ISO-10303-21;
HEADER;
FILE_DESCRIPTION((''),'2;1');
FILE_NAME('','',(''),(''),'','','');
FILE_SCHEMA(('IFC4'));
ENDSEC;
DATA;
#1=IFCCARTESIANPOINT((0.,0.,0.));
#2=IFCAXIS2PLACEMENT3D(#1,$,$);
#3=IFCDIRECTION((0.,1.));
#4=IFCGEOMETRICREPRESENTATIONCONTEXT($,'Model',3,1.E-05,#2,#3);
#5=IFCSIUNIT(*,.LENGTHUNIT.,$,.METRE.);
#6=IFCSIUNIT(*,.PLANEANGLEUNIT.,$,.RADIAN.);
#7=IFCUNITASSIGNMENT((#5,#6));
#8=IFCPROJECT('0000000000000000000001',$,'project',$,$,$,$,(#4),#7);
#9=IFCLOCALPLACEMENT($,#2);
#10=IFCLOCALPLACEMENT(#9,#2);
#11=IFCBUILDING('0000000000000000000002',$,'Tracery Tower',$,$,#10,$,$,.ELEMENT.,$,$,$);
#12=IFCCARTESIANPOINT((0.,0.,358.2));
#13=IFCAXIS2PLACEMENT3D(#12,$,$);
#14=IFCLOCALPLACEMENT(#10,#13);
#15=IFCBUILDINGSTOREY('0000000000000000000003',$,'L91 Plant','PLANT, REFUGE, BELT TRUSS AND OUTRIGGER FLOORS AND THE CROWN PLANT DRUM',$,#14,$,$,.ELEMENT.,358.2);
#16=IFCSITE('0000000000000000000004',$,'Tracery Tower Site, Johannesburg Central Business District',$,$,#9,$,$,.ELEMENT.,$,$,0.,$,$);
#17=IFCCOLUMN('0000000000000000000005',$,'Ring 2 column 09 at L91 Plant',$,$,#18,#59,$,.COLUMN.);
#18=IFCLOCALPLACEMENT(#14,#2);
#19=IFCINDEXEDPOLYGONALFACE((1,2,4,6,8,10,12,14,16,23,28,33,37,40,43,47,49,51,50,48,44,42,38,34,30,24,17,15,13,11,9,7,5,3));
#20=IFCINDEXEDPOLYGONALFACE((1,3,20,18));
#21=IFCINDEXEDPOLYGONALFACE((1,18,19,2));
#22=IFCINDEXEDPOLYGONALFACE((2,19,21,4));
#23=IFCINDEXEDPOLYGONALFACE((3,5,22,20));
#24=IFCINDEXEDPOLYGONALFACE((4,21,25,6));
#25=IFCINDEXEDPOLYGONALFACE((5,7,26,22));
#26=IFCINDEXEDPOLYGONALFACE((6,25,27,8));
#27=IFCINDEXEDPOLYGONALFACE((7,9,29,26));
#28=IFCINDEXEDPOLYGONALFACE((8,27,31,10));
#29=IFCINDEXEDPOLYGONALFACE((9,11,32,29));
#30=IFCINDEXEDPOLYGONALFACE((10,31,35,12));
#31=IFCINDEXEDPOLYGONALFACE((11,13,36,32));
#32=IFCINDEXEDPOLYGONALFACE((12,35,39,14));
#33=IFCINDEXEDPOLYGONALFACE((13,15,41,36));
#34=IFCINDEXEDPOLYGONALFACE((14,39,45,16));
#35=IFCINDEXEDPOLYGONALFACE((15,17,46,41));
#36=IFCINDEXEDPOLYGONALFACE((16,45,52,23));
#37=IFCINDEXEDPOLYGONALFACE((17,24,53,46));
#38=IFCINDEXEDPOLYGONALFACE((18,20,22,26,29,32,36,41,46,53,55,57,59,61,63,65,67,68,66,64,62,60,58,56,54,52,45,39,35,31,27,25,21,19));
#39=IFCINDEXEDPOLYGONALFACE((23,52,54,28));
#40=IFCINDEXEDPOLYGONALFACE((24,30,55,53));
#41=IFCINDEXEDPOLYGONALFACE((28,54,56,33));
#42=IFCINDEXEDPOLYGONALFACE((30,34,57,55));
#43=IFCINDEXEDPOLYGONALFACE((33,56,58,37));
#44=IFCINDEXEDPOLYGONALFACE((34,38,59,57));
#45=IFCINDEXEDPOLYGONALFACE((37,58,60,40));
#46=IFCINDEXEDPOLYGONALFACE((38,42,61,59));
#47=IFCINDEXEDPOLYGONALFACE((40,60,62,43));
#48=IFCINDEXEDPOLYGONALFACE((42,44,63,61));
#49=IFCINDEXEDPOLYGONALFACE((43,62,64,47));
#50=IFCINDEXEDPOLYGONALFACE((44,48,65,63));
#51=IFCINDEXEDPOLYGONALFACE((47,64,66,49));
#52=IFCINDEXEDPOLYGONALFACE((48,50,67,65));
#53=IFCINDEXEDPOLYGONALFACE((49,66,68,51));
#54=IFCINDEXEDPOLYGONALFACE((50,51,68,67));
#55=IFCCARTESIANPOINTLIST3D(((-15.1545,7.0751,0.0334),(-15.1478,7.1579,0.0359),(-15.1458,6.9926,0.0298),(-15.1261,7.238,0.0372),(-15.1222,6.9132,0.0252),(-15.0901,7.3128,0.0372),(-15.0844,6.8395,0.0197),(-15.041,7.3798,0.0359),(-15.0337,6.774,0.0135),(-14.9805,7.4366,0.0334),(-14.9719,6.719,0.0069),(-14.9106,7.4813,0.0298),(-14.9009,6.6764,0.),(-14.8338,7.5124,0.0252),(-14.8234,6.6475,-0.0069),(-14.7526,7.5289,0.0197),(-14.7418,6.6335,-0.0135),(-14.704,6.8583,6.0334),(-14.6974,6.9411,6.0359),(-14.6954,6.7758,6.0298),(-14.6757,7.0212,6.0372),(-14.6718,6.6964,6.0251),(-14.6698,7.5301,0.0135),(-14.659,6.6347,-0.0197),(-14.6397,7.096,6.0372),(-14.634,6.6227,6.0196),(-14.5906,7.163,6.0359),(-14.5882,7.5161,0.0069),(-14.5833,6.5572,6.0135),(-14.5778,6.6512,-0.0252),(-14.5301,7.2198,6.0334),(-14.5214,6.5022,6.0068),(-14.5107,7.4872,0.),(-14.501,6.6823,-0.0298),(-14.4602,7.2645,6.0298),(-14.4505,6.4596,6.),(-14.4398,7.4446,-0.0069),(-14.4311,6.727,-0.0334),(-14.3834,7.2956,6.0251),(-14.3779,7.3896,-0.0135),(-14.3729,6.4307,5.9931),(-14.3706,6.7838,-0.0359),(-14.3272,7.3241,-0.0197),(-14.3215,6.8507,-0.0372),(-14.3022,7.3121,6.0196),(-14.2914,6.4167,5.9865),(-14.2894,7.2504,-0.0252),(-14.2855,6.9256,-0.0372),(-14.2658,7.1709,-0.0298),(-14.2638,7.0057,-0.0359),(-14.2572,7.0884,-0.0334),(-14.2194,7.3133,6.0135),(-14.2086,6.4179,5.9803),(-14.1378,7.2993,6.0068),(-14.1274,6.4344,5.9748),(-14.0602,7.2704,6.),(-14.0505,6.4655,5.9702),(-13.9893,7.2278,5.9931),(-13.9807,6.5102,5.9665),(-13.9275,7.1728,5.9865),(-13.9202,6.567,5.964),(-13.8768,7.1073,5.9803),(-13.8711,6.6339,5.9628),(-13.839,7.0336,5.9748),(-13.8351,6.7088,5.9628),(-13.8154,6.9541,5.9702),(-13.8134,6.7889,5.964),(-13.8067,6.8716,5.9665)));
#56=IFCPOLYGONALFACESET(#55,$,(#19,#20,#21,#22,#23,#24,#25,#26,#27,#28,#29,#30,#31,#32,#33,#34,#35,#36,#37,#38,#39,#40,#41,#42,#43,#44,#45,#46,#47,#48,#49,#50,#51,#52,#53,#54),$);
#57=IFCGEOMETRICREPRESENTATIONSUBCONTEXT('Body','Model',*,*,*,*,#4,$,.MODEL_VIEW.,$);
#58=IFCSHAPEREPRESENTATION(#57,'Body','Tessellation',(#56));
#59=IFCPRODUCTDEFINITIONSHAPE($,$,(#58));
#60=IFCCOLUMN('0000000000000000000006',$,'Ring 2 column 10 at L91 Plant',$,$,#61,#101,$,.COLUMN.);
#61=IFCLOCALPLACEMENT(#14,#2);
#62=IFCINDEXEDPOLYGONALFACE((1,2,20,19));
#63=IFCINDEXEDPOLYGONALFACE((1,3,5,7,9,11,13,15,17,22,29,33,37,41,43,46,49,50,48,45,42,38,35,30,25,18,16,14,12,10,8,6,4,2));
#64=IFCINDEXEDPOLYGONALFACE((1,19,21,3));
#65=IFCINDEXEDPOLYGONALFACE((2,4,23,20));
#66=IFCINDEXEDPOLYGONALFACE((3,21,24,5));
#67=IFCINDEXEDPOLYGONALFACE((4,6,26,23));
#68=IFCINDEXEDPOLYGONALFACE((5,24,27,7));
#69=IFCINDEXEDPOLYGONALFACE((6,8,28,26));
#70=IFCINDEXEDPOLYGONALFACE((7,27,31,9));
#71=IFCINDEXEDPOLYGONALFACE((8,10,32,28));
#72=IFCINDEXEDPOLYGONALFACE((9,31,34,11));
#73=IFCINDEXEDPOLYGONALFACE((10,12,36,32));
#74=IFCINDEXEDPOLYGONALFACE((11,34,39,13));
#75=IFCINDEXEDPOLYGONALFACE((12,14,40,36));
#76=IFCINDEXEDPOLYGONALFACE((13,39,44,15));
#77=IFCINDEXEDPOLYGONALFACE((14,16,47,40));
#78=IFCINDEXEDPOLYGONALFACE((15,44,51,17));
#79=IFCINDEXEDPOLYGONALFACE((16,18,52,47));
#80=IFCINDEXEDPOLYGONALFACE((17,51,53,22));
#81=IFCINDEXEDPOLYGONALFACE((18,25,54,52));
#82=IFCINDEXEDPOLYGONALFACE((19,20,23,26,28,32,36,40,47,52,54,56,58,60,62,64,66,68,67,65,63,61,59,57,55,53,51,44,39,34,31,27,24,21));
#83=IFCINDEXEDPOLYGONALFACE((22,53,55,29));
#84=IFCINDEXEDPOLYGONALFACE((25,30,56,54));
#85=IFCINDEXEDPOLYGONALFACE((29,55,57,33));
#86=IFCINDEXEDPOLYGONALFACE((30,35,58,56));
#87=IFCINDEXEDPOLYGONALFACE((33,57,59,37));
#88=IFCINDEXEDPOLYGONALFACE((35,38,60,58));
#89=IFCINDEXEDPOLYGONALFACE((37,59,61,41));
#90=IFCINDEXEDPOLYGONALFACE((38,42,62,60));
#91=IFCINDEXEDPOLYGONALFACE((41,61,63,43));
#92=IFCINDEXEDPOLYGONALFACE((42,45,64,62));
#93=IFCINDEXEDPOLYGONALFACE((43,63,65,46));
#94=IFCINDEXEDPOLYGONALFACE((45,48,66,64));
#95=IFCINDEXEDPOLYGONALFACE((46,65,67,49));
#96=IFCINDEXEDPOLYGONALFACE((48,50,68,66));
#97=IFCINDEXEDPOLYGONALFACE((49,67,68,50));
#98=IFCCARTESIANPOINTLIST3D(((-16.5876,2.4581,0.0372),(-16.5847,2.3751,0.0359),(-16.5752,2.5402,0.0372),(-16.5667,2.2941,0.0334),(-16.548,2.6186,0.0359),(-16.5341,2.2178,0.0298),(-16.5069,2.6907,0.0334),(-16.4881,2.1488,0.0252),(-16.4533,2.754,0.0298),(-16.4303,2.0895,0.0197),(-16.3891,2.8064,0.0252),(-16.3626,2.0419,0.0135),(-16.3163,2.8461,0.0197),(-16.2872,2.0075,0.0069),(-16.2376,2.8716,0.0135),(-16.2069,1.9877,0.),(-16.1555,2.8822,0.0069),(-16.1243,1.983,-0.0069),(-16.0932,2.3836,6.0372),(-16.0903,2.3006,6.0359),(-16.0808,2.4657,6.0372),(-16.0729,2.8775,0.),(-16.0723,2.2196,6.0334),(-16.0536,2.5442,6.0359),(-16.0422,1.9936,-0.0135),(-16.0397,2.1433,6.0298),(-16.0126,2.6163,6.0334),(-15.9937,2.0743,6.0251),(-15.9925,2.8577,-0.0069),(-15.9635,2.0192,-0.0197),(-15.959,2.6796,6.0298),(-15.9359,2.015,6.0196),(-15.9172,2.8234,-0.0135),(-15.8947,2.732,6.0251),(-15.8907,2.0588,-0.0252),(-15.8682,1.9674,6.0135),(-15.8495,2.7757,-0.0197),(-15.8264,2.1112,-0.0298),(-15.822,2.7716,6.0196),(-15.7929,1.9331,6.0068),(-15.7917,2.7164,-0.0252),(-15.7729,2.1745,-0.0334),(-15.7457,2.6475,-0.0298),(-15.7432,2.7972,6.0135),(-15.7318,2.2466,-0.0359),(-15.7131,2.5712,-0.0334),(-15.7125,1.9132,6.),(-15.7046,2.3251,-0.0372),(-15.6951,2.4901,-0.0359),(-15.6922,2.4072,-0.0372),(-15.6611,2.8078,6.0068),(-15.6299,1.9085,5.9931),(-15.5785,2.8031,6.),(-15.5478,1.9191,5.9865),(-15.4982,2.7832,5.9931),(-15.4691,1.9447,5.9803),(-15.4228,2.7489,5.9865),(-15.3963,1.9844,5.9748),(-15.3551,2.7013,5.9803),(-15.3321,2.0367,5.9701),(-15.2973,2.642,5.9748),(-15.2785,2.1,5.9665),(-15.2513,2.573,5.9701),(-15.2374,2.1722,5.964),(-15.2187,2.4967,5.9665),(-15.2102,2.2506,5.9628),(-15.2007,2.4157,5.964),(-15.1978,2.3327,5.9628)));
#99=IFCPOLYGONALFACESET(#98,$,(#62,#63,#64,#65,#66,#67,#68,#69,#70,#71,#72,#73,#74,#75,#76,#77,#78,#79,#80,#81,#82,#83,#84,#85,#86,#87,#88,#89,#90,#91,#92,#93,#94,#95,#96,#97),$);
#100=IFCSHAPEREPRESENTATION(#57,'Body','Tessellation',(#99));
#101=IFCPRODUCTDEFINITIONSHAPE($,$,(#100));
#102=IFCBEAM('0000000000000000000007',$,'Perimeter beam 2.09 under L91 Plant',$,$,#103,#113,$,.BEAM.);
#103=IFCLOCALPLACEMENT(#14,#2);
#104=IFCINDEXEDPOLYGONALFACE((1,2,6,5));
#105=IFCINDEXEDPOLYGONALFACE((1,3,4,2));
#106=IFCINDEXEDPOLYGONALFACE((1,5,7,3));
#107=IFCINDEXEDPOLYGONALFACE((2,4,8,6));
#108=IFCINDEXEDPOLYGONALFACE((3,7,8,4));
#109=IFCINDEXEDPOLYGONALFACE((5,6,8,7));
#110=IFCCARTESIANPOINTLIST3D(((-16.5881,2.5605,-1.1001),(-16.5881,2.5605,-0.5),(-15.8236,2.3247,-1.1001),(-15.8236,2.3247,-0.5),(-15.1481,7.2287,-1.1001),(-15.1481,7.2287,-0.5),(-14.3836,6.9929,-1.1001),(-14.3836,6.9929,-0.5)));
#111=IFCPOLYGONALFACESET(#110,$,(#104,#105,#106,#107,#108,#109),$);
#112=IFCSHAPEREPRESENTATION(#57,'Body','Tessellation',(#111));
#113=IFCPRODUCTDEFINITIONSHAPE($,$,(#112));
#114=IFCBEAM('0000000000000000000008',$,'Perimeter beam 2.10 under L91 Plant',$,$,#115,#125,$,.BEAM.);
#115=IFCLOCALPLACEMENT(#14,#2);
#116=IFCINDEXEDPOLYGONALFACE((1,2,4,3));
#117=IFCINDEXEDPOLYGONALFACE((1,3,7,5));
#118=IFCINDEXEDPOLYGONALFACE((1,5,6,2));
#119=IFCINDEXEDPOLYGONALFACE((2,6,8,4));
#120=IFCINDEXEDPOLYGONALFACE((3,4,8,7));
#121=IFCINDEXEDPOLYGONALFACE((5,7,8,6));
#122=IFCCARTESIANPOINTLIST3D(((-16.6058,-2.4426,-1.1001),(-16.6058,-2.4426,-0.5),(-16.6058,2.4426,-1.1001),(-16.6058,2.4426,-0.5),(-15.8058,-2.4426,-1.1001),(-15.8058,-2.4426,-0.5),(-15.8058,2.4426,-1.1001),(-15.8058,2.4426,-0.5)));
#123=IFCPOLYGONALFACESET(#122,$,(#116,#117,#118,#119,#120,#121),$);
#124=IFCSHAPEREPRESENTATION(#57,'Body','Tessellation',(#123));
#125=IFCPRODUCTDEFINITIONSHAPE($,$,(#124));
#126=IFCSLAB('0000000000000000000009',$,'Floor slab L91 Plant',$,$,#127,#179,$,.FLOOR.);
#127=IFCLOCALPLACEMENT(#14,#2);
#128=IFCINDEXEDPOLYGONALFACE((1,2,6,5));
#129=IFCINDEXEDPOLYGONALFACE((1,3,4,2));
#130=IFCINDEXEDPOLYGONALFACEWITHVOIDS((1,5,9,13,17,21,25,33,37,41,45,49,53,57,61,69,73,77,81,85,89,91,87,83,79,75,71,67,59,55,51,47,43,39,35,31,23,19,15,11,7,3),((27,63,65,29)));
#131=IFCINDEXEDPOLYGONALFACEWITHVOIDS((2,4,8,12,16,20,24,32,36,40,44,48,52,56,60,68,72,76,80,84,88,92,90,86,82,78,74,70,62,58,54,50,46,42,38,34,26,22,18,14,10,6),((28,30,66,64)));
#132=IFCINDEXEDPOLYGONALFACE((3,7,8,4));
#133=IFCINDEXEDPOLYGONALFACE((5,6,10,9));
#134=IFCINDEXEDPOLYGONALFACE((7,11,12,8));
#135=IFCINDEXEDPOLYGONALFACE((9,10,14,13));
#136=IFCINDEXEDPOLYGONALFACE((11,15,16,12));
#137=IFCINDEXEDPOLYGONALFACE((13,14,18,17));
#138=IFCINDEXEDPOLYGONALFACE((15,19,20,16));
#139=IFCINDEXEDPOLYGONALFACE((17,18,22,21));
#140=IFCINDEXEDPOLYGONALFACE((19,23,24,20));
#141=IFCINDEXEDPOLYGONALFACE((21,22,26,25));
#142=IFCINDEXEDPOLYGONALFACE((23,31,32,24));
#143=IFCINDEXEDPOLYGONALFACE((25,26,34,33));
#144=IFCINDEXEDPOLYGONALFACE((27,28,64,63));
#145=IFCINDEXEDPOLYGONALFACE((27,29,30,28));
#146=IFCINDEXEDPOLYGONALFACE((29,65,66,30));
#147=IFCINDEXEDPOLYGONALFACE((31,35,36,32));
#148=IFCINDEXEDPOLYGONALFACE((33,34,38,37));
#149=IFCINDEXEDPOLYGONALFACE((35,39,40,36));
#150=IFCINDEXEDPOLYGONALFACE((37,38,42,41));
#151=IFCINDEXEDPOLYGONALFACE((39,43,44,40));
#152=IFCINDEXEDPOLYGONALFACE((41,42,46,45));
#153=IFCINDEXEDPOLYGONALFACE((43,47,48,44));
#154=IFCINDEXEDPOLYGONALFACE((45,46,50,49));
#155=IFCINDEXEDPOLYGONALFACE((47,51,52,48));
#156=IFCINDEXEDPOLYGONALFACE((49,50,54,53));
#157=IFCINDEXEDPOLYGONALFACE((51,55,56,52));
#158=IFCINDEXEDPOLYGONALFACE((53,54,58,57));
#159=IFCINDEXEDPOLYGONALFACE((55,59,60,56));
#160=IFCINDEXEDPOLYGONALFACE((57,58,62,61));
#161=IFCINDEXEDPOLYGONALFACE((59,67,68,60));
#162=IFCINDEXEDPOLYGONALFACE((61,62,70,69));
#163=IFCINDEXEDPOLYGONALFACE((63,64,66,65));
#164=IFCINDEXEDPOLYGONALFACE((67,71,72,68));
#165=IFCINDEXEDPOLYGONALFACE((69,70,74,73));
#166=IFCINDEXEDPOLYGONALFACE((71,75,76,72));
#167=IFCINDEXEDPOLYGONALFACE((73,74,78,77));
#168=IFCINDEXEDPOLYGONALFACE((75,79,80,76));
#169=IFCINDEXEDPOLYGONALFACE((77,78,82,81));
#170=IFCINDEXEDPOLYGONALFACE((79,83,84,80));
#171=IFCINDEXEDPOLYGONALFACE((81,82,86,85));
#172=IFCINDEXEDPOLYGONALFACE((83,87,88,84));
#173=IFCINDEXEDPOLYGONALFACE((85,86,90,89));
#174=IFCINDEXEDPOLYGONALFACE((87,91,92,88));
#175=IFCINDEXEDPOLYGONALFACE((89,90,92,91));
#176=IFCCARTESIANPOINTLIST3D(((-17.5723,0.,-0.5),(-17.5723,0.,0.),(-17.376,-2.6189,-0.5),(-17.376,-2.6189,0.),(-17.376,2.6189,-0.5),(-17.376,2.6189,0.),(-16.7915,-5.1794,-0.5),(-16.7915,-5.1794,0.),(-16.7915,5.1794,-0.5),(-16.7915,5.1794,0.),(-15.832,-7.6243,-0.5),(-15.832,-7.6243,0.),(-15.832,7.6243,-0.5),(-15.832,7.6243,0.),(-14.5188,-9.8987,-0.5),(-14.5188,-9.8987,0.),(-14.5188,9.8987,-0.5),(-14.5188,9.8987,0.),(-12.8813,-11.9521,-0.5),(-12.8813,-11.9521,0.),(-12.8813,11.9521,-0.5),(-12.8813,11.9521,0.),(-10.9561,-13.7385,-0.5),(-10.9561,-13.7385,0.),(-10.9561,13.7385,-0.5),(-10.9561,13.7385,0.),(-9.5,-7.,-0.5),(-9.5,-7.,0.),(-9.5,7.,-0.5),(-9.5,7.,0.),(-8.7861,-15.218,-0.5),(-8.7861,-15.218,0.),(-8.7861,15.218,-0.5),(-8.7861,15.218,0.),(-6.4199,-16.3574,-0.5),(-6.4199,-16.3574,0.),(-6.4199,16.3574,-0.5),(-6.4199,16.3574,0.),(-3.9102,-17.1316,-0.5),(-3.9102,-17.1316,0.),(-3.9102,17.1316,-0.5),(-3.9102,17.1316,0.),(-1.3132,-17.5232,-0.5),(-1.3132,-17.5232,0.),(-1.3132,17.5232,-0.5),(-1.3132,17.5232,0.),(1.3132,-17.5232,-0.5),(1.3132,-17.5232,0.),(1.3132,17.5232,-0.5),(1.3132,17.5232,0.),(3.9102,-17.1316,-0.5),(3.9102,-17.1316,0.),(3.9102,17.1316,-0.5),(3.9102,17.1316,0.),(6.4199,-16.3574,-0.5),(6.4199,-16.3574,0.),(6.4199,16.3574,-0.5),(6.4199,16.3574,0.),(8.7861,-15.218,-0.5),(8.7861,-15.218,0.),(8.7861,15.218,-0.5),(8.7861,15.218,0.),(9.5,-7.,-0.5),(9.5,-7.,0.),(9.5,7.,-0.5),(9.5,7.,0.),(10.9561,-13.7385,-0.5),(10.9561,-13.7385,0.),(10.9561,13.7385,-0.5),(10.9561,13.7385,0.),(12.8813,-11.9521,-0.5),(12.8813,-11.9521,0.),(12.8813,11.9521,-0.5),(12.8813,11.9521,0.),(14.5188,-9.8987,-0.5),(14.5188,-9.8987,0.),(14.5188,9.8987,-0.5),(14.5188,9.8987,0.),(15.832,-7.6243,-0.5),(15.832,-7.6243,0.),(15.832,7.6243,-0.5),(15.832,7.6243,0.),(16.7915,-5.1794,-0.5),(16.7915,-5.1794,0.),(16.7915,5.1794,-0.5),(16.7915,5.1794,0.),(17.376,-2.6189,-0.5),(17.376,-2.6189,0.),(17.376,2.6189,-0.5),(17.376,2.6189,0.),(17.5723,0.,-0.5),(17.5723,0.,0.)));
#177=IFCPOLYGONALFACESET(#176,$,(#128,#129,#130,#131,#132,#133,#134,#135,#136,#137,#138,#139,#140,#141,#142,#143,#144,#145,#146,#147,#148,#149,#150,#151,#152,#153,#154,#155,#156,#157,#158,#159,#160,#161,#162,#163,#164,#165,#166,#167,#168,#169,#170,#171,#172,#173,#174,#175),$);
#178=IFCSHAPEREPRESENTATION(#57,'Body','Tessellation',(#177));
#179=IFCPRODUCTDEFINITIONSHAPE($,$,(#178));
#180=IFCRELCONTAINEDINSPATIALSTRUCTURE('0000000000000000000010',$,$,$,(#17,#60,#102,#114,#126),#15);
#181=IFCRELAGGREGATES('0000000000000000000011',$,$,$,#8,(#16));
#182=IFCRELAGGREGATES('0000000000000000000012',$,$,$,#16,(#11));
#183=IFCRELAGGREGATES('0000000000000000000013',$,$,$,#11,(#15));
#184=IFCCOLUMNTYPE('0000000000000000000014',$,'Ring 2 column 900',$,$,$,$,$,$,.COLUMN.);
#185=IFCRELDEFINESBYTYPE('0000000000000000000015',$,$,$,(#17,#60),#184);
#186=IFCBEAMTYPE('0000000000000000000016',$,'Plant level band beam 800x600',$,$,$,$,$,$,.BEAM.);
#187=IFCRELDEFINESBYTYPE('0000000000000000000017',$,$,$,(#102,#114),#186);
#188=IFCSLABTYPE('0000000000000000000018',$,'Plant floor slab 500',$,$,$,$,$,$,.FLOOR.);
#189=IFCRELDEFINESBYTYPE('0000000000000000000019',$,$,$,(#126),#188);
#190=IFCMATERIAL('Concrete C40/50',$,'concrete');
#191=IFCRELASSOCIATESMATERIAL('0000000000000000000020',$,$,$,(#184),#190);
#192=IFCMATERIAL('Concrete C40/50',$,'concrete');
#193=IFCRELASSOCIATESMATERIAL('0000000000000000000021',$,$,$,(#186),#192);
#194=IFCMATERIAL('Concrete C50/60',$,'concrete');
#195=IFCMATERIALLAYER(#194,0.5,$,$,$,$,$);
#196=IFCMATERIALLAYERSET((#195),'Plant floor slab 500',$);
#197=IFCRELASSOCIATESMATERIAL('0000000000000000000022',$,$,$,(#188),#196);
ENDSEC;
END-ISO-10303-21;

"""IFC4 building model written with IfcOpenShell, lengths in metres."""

from ifc_helpers import new_model, si_unit, direction, frame, origin, origin_2d, place, context, subcontext, project, spatial, polyline, rectangle, circle, outline, extrude, material, layer, layer_set, material_profile, profile_set, type_object, element, save


model = new_model("IFC4")

# Units and contexts
model_context = context("Model", 3, precision=1e-05, world=origin(), true_north=direction((0.0, 1.0)))
body_context = subcontext(model_context, "Body", "Model", "MODEL_VIEW")
ifc_project = project(units=[si_unit("LENGTHUNIT", "METRE"), si_unit("PLANEANGLEUNIT", "RADIAN")], contexts=[model_context])

# Site, building, storey
site_placement = place(None, origin())
site = spatial("IfcSite", under=ifc_project, at=site_placement, Name="Tracery Tower Site, Johannesburg Central Business District", CompositionType="ELEMENT", RefElevation=0.0)
building_placement = place(site_placement, origin())
building = spatial("IfcBuilding", under=site, at=building_placement, Name="Tracery Tower", CompositionType="ELEMENT")
storey_placement = place(building_placement, frame((0.0, 0.0, 358.2)))
storey = spatial("IfcBuildingStorey", under=building, at=storey_placement, Name="L91 Plant", Description="PLANT, REFUGE, BELT TRUSS AND OUTRIGGER FLOORS AND THE CROWN PLANT DRUM", CompositionType="ELEMENT", Elevation=358.2)

# Columns
ifc_material_1 = material(Name="Concrete C40/50", Category="concrete")
ifc_material_profile_1 = material_profile(ifc_material_1, circle(Radius=0.45, at=origin_2d()), Name="RC D900")
ifc_profile_set_1 = profile_set([ifc_material_profile_1], Name="Concrete C40/50")
column_type = type_object("IfcColumnType", Name="Ring 2 column 900", PredefinedType="COLUMN", material=ifc_profile_set_1)
for number, where, z_axis, x_axis, name in (
    (1, (-14.7058, 7.0818, 0.0), (0.074814, -0.036008, 0.996547), (0.433683, 0.901065, 0.0), "Ring 2 column 09 at L91 Plant"),
    (2, (-16.1399, 2.4326, 0.0), (0.082113, -0.012368, 0.996546), (0.148937, 0.988847, 0.0), "Ring 2 column 10 at L91 Plant"),
):
    element("IfcColumn", number, at=place(storey_placement, frame(where, z_axis=z_axis, x_axis=x_axis)), inside=storey, type_object=column_type, Name=name, PredefinedType="COLUMN", context=body_context, shape_type="SweptSolid", body=[
        extrude(circle(Radius=0.45, at=origin_2d()), origin(), (0.0, 0.0, 1.0), 6.0208),
    ])

# Beams
ifc_material_2 = material(Name="Concrete C40/50", Category="concrete")
ifc_material_profile_2 = material_profile(ifc_material_2, rectangle(XDim=0.8, YDim=0.6001, at=origin_2d()), Name="RC 800x600")
ifc_profile_set_2 = profile_set([ifc_material_profile_2], Name="Concrete C40/50")
beam_type = type_object("IfcBeamType", Name="Plant level band beam 800x600", PredefinedType="BEAM", material=ifc_profile_set_2)
for number, where, z_axis, x_axis, name in (
    (3, (-14.7659, 7.1108, -0.8), (-0.294753, -0.955573, 0.0), (0.955573, -0.294753, 0.0), "Perimeter beam 2.09 under L91 Plant"),
    (4, (-16.2058, 2.4426, -0.8), (0.0, -1.0, 0.0), (1.0, 0.0, 0.0), "Perimeter beam 2.10 under L91 Plant"),
):
    element("IfcBeam", number, at=place(storey_placement, frame(where, z_axis=z_axis, x_axis=x_axis)), inside=storey, type_object=beam_type, Name=name, PredefinedType="BEAM", context=body_context, shape_type="SweptSolid", body=[
        extrude(rectangle(XDim=0.8, YDim=0.6001, at=origin_2d()), origin(), (0.0, 0.0, 1.0), 4.8853),
    ])

# Slab
ifc_material_3 = material(Name="Concrete C50/60", Category="concrete")
ifc_layer_1 = layer(ifc_material_3, 0.5)
ifc_layer_set_1 = layer_set([ifc_layer_1], Name="Plant floor slab 500")
slab_type = type_object("IfcSlabType", Name="Plant floor slab 500", PredefinedType="FLOOR", material=ifc_layer_set_1)
slab_placement = place(storey_placement, frame((0.0, 0.0, -0.5)))
element("IfcSlab", 5, at=slab_placement, inside=storey, type_object=slab_type, Name="Floor slab L91 Plant", PredefinedType="FLOOR", context=body_context, shape_type="SweptSolid", body=[
    extrude(outline(polyline([(16.7915, -5.1794), (17.376, -2.6189), (17.5723, 0.0), (17.376, 2.6189), (16.7915, 5.1794), (15.832, 7.6243), (14.5188, 9.8987), (12.8813, 11.9521), (10.9561, 13.7385), (8.7861, 15.218), (6.4199, 16.3574), (3.9102, 17.1316), (1.3132, 17.5232), (-1.3132, 17.5232), (-3.9102, 17.1316), (-6.4199, 16.3574), (-8.7861, 15.218), (-10.9561, 13.7385), (-12.8813, 11.9521), (-14.5188, 9.8987), (-15.832, 7.6243), (-16.7915, 5.1794), (-17.376, 2.6189), (-17.5723, 0.0), (-17.376, -2.6189), (-16.7915, -5.1794), (-15.832, -7.6243), (-14.5188, -9.8987), (-12.8813, -11.9521), (-10.9561, -13.7385), (-8.7861, -15.218), (-6.4199, -16.3574), (-3.9102, -17.1316), (-1.3132, -17.5232), (1.3132, -17.5232), (3.9102, -17.1316), (6.4199, -16.3574), (8.7861, -15.218), (10.9561, -13.7385), (12.8813, -11.9521), (14.5188, -9.8987), (15.832, -7.6243), (16.7915, -5.1794)]), holes=[polyline([(-9.5, -7.0), (9.5, -7.0), (9.5, 7.0), (-9.5, 7.0), (-9.5, -7.0)])]), origin(), (0.0, 0.0, 1.0), 0.5),
])

save(model, "model.ifc")
